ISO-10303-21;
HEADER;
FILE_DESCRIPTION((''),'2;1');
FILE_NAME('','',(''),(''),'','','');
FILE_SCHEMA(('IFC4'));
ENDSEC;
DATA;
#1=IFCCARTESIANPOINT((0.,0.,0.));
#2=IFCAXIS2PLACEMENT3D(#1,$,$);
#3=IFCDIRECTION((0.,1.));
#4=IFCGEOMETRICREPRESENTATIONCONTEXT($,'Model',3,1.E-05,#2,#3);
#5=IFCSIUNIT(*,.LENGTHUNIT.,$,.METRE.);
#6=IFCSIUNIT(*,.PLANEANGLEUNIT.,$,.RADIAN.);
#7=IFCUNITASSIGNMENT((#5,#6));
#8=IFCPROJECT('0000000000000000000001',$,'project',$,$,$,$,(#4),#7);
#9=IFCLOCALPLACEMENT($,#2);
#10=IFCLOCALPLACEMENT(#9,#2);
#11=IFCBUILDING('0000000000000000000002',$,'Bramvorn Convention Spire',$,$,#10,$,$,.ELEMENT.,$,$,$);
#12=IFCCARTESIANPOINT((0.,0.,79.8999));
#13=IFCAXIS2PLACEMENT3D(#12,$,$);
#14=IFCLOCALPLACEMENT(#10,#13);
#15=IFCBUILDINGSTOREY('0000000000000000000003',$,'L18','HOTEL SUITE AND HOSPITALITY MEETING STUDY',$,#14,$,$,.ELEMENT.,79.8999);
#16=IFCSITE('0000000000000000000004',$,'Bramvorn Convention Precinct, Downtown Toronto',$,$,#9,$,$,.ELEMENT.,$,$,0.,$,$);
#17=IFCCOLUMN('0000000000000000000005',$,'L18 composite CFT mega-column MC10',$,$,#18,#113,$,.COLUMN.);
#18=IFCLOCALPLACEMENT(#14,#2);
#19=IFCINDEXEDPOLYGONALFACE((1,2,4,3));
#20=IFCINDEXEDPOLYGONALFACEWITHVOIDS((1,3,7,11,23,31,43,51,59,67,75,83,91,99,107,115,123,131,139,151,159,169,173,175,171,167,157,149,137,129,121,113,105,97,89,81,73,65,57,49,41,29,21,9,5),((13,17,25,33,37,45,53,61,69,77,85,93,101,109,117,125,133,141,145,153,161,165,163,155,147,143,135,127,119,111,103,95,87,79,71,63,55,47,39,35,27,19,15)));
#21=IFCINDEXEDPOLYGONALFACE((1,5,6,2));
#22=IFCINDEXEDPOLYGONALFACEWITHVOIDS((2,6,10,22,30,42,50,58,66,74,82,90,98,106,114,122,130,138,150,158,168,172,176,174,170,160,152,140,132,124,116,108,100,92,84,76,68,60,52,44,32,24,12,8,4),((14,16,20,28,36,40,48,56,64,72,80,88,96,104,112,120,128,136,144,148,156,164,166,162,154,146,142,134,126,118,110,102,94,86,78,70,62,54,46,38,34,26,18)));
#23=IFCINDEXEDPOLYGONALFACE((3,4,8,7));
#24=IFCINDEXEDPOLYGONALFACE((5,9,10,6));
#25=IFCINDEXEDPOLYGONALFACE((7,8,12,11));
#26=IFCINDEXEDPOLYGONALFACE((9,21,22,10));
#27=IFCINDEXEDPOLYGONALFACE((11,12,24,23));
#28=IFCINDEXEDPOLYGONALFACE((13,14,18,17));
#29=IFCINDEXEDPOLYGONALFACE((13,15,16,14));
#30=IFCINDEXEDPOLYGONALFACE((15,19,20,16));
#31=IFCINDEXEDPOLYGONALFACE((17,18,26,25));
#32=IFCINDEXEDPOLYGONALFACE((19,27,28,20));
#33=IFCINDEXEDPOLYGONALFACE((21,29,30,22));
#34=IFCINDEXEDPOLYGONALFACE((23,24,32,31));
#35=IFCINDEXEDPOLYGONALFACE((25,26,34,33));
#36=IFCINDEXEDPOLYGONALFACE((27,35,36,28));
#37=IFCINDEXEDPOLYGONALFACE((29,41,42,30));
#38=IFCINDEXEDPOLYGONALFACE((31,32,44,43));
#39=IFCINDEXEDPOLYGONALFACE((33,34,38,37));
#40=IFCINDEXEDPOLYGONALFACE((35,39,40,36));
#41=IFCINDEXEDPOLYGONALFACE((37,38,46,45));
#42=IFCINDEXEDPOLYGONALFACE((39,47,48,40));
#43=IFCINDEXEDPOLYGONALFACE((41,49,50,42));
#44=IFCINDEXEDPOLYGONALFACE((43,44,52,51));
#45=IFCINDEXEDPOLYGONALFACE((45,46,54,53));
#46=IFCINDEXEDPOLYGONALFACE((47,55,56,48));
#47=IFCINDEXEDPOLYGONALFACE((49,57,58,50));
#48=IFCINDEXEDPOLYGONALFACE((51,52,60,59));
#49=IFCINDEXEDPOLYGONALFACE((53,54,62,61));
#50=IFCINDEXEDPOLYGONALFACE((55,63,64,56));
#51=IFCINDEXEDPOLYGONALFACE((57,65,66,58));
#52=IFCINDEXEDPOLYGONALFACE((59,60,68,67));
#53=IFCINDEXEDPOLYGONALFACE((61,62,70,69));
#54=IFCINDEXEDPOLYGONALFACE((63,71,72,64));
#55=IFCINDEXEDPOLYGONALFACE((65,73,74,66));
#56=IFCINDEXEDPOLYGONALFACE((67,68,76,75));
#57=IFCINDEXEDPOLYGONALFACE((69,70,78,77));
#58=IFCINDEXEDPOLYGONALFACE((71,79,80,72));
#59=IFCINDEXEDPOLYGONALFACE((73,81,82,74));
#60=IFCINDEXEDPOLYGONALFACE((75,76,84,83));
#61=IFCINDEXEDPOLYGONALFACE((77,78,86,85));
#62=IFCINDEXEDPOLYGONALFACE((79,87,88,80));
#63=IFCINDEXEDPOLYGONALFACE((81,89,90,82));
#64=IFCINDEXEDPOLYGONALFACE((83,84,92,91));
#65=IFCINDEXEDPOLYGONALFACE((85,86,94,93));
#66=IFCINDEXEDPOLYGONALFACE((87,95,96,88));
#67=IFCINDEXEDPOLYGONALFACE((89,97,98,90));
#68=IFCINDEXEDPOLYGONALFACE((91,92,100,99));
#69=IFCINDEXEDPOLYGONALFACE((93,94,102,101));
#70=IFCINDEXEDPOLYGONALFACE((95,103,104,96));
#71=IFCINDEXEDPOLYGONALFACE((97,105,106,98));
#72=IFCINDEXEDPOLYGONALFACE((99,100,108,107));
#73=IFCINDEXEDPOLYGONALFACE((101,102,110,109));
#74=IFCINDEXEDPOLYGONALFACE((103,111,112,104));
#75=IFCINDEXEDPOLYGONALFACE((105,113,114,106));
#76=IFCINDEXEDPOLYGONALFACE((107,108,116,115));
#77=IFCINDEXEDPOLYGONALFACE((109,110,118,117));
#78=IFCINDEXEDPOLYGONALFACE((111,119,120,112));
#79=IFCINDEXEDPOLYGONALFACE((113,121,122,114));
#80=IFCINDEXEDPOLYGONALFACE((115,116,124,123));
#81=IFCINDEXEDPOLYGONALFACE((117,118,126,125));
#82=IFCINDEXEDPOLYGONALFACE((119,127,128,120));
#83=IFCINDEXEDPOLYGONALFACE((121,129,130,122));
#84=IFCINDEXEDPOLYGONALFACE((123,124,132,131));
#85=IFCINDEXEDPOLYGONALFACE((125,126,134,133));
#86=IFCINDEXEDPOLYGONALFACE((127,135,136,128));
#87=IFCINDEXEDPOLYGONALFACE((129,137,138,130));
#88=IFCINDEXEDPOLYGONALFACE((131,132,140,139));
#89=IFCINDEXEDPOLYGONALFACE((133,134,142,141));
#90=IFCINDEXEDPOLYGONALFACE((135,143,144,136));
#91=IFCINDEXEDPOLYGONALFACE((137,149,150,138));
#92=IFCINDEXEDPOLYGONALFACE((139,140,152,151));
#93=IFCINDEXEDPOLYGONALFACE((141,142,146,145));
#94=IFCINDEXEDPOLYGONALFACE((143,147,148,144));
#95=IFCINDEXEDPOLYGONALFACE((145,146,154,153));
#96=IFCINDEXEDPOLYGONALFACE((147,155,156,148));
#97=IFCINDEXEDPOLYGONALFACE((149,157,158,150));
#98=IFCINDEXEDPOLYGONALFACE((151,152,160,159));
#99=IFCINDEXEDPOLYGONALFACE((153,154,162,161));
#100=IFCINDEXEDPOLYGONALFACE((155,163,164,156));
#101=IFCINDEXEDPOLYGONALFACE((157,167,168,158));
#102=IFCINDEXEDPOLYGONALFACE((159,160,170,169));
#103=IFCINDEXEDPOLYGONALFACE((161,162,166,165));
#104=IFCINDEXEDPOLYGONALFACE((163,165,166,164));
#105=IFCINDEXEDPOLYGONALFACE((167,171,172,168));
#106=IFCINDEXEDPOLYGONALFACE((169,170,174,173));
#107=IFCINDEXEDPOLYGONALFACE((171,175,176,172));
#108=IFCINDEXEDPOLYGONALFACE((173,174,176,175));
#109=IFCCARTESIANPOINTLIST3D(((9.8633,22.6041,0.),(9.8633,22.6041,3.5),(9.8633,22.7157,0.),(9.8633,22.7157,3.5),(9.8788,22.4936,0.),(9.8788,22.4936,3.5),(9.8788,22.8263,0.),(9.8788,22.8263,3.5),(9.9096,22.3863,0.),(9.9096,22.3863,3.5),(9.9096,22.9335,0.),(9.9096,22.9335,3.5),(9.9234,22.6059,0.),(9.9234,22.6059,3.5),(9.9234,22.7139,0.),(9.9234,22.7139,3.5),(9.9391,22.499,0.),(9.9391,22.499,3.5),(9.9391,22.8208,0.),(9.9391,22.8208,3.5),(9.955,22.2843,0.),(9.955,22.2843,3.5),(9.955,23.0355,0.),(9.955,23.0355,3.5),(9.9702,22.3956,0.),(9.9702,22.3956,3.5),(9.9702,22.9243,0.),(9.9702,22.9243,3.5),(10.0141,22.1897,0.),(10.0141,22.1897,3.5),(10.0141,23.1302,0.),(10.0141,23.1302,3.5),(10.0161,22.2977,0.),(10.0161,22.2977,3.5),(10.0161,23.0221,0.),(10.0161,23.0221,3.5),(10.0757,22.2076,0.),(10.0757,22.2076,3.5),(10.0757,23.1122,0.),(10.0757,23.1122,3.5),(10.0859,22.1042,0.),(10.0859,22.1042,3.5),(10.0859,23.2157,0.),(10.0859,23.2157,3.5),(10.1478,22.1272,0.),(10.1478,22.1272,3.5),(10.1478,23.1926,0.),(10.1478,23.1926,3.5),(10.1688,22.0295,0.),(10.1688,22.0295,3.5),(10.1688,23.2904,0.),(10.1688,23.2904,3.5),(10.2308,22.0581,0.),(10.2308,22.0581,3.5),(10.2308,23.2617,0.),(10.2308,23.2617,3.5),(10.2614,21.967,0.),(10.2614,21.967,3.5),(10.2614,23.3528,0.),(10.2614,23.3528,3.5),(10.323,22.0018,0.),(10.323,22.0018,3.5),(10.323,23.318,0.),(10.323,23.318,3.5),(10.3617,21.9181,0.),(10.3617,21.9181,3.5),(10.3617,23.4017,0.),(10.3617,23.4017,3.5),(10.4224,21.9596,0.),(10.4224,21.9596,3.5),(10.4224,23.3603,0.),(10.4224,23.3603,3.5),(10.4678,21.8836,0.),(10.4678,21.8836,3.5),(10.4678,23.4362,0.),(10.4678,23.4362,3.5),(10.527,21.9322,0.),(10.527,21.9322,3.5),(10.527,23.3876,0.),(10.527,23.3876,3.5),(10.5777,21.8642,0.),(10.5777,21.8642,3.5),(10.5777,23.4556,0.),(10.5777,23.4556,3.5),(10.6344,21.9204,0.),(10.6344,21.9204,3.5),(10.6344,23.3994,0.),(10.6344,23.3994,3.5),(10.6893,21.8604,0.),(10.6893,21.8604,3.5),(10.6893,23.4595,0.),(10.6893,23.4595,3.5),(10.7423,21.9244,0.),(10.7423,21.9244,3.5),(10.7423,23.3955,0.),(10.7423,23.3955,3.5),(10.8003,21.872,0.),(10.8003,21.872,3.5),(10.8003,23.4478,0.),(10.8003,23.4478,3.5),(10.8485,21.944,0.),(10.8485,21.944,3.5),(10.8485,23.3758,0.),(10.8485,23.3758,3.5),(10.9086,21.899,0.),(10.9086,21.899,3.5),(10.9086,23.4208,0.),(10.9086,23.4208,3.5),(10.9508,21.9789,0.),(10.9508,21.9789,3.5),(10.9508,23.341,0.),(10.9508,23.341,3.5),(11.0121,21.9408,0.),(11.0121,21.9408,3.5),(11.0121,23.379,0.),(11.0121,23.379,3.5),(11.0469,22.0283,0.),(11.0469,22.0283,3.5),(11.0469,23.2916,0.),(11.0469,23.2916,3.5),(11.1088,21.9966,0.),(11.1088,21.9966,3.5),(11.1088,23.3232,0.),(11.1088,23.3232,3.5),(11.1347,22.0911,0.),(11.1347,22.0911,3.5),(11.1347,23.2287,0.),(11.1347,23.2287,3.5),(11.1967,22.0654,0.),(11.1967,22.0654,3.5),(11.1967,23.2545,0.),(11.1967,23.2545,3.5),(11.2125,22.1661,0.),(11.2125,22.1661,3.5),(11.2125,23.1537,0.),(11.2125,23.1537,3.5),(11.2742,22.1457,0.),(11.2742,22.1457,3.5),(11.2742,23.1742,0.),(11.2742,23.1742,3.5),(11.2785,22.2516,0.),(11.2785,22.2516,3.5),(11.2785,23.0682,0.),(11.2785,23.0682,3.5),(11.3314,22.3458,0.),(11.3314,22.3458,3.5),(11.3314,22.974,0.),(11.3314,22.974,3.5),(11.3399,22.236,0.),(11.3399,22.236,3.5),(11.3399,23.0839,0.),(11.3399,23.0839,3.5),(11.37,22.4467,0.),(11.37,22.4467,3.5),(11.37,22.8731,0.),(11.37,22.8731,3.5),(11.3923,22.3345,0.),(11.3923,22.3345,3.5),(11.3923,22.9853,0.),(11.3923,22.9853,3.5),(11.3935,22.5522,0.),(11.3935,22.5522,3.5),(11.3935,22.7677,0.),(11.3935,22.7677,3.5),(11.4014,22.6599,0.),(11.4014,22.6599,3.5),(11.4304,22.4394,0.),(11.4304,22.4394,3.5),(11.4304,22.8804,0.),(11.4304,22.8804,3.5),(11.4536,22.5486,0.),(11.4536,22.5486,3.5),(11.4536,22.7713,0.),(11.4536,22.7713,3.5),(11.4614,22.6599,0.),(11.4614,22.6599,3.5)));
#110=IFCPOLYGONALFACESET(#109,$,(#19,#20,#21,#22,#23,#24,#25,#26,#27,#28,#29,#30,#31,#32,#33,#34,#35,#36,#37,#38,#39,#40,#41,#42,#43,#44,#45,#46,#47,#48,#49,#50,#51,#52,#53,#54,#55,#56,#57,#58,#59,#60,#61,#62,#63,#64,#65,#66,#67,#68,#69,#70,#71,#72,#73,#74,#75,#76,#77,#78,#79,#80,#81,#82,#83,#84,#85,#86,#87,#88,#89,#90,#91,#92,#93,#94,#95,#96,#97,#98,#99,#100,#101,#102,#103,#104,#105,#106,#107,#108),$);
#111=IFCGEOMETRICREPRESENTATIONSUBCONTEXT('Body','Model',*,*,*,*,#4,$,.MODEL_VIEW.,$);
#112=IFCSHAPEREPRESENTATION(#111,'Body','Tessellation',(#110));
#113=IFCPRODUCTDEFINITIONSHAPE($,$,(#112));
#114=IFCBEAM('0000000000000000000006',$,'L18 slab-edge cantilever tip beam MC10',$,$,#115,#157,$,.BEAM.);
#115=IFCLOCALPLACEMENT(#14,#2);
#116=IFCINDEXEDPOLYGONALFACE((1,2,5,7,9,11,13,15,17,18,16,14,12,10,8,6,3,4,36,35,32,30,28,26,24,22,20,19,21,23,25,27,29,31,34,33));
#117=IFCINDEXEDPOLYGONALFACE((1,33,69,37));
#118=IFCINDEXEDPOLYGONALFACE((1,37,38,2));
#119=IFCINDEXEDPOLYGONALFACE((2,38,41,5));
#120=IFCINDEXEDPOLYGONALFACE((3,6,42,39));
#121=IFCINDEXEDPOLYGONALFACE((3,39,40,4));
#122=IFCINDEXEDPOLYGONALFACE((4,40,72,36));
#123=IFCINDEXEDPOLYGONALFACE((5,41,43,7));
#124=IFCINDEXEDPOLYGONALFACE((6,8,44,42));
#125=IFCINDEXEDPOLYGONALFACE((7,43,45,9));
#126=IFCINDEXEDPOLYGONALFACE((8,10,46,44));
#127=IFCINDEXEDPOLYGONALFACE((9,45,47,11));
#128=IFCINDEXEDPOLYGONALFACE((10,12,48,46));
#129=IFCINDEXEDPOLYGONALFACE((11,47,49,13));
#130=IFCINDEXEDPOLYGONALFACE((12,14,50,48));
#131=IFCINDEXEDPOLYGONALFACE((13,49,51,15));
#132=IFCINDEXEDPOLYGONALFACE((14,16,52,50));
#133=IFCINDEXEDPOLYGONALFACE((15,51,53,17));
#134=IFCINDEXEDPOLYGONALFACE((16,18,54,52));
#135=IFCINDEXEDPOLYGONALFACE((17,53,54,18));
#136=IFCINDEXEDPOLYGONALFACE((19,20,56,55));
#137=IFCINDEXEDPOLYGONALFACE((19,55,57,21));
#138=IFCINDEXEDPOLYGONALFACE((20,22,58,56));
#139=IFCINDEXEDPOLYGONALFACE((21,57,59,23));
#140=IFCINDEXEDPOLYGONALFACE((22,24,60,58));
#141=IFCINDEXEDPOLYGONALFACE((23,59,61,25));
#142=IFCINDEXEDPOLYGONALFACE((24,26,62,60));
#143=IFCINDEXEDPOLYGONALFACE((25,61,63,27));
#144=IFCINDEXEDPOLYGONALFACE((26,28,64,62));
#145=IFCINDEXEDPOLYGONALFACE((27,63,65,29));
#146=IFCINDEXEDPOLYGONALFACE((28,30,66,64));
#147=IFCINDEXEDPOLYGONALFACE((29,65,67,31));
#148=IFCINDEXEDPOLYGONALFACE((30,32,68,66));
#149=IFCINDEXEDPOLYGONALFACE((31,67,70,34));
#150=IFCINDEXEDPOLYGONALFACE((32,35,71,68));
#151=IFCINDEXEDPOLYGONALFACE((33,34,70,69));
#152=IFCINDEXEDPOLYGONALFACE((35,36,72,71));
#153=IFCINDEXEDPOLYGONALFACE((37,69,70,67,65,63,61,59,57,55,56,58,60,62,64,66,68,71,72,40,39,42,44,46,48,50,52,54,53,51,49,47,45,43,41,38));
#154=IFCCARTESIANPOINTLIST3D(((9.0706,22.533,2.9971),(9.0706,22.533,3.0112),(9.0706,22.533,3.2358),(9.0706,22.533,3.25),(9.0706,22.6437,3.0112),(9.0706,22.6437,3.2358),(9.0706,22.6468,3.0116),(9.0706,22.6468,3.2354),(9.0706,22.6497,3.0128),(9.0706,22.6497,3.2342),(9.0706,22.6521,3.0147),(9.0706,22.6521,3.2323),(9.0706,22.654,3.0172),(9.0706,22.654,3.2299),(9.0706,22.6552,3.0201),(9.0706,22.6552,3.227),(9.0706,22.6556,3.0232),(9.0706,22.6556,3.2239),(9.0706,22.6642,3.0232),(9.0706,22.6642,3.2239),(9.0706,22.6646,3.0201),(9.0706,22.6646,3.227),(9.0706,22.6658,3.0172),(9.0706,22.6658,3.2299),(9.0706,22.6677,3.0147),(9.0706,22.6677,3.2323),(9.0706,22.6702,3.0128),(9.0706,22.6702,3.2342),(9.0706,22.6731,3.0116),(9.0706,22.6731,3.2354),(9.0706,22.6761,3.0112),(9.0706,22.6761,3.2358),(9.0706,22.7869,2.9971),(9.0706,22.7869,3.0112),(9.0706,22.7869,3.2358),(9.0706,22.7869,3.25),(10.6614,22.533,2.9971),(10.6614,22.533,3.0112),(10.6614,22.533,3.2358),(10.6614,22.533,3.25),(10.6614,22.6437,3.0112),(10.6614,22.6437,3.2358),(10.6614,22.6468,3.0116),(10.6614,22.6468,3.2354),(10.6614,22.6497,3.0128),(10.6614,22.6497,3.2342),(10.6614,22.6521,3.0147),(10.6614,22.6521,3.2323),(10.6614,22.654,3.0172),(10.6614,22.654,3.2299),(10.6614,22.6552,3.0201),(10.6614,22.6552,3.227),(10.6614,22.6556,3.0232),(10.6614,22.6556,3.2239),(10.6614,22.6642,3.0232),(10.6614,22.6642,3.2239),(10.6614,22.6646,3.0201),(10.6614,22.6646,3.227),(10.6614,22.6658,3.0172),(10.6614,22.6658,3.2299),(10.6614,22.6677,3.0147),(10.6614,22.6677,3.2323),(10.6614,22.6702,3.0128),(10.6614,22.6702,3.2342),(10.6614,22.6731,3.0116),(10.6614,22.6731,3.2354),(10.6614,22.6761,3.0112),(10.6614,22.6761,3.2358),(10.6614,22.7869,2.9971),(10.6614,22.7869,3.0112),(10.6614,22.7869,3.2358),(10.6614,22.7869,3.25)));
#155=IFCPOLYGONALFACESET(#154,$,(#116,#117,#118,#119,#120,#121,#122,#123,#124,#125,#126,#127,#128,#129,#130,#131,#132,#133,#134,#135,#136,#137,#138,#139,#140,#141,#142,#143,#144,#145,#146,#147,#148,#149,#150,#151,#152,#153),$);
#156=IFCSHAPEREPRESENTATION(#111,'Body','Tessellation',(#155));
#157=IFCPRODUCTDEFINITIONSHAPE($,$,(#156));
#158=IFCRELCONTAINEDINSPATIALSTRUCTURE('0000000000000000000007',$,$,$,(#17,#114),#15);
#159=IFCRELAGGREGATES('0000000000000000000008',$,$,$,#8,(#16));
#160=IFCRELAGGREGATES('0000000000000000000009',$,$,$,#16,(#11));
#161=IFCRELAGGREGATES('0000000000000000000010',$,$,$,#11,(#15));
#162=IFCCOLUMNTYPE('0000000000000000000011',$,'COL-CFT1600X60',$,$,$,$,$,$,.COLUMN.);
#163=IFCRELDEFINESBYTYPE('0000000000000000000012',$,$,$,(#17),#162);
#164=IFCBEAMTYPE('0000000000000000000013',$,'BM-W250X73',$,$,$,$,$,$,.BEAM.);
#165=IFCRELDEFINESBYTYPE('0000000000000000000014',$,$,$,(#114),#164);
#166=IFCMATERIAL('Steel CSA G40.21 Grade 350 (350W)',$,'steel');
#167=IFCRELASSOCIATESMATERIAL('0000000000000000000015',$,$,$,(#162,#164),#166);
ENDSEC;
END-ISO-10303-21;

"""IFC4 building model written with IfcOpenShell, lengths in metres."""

from ifc_helpers import new_model, si_unit, direction, frame, origin, origin_2d, place, context, subcontext, project, spatial, hollow_circle, i_section, extrude, material, material_profile, profile_set, type_object, element, save


model = new_model("IFC4")

# Units and contexts
model_context = context("Model", 3, precision=1e-05, world=origin(), true_north=direction((0.0, 1.0)))
body_context = subcontext(model_context, "Body", "Model", "MODEL_VIEW")
ifc_project = project(units=[si_unit("LENGTHUNIT", "METRE"), si_unit("PLANEANGLEUNIT", "RADIAN")], contexts=[model_context])

# Site, building, storey
site_placement = place(None, origin())
site = spatial("IfcSite", under=ifc_project, at=site_placement, Name="Bramvorn Convention Precinct, Downtown Toronto", CompositionType="ELEMENT", RefElevation=0.0)
building_placement = place(site_placement, origin())
building = spatial("IfcBuilding", under=site, at=building_placement, Name="Bramvorn Convention Spire", CompositionType="ELEMENT")
storey_placement = place(building_placement, frame((0.0, 0.0, 79.8999)))
storey = spatial("IfcBuildingStorey", under=building, at=storey_placement, Name="L18", Description="HOTEL SUITE AND HOSPITALITY MEETING STUDY", CompositionType="ELEMENT", Elevation=79.8999)

# Column
ifc_material_1 = material(Name="Steel CSA G40.21 Grade 350 (350W)", Category="steel")
ifc_material_profile_1 = material_profile(ifc_material_1, hollow_circle(Radius=0.8, WallThickness=0.0601, at=origin_2d()))
ifc_profile_set_1 = profile_set([ifc_material_profile_1], Name="Steel CSA G40.21 Grade 350 (350W) - CFT1600X60")
column_type = type_object("IfcColumnType", Name="COL-CFT1600X60", PredefinedType="COLUMN", material=ifc_profile_set_1)
column_placement = place(storey_placement, frame((10.6614, 22.6599, 0.0), z_axis=(0.0, 0.0, 1.0), x_axis=(1.0, 0.0, 0.0)))
element("IfcColumn", 1, at=column_placement, inside=storey, type_object=column_type, Name="L18 composite CFT mega-column MC10", PredefinedType="COLUMN", context=body_context, shape_type="SweptSolid", body=[
    extrude(hollow_circle(Radius=0.8, WallThickness=0.0601, at=origin_2d()), origin(), (0.0, 0.0, 1.0), 3.5),
])

# Beam
ifc_material_profile_2 = material_profile(ifc_material_1, i_section(OverallWidth=0.2539, OverallDepth=0.2529, WebThickness=0.0085, FlangeThickness=0.0142, FilletRadius=0.012, at=origin_2d()))
ifc_profile_set_2 = profile_set([ifc_material_profile_2], Name="Steel CSA G40.21 Grade 350 (350W) - W250X73")
beam_type_1 = type_object("IfcBeamType", Name="BM-W250X73", PredefinedType="BEAM", material=ifc_profile_set_2)
beam_1_placement = place(storey_placement, frame((10.6614, 22.6599, 3.1235), z_axis=(-1.0, 0.0, 0.0), x_axis=(0.0, -1.0, 0.0)))
element("IfcBeam", 2, at=beam_1_placement, inside=storey, type_object=beam_type_1, Name="L18 slab-edge cantilever tip beam MC10", PredefinedType="BEAM", context=body_context, shape_type="SweptSolid", body=[
    extrude(i_section(OverallWidth=0.2539, OverallDepth=0.2529, WebThickness=0.0085, FlangeThickness=0.0142, FilletRadius=0.012, at=origin_2d()), origin(), (0.0, 0.0, 1.0), 1.5908),
])

save(model, "model.ifc")
